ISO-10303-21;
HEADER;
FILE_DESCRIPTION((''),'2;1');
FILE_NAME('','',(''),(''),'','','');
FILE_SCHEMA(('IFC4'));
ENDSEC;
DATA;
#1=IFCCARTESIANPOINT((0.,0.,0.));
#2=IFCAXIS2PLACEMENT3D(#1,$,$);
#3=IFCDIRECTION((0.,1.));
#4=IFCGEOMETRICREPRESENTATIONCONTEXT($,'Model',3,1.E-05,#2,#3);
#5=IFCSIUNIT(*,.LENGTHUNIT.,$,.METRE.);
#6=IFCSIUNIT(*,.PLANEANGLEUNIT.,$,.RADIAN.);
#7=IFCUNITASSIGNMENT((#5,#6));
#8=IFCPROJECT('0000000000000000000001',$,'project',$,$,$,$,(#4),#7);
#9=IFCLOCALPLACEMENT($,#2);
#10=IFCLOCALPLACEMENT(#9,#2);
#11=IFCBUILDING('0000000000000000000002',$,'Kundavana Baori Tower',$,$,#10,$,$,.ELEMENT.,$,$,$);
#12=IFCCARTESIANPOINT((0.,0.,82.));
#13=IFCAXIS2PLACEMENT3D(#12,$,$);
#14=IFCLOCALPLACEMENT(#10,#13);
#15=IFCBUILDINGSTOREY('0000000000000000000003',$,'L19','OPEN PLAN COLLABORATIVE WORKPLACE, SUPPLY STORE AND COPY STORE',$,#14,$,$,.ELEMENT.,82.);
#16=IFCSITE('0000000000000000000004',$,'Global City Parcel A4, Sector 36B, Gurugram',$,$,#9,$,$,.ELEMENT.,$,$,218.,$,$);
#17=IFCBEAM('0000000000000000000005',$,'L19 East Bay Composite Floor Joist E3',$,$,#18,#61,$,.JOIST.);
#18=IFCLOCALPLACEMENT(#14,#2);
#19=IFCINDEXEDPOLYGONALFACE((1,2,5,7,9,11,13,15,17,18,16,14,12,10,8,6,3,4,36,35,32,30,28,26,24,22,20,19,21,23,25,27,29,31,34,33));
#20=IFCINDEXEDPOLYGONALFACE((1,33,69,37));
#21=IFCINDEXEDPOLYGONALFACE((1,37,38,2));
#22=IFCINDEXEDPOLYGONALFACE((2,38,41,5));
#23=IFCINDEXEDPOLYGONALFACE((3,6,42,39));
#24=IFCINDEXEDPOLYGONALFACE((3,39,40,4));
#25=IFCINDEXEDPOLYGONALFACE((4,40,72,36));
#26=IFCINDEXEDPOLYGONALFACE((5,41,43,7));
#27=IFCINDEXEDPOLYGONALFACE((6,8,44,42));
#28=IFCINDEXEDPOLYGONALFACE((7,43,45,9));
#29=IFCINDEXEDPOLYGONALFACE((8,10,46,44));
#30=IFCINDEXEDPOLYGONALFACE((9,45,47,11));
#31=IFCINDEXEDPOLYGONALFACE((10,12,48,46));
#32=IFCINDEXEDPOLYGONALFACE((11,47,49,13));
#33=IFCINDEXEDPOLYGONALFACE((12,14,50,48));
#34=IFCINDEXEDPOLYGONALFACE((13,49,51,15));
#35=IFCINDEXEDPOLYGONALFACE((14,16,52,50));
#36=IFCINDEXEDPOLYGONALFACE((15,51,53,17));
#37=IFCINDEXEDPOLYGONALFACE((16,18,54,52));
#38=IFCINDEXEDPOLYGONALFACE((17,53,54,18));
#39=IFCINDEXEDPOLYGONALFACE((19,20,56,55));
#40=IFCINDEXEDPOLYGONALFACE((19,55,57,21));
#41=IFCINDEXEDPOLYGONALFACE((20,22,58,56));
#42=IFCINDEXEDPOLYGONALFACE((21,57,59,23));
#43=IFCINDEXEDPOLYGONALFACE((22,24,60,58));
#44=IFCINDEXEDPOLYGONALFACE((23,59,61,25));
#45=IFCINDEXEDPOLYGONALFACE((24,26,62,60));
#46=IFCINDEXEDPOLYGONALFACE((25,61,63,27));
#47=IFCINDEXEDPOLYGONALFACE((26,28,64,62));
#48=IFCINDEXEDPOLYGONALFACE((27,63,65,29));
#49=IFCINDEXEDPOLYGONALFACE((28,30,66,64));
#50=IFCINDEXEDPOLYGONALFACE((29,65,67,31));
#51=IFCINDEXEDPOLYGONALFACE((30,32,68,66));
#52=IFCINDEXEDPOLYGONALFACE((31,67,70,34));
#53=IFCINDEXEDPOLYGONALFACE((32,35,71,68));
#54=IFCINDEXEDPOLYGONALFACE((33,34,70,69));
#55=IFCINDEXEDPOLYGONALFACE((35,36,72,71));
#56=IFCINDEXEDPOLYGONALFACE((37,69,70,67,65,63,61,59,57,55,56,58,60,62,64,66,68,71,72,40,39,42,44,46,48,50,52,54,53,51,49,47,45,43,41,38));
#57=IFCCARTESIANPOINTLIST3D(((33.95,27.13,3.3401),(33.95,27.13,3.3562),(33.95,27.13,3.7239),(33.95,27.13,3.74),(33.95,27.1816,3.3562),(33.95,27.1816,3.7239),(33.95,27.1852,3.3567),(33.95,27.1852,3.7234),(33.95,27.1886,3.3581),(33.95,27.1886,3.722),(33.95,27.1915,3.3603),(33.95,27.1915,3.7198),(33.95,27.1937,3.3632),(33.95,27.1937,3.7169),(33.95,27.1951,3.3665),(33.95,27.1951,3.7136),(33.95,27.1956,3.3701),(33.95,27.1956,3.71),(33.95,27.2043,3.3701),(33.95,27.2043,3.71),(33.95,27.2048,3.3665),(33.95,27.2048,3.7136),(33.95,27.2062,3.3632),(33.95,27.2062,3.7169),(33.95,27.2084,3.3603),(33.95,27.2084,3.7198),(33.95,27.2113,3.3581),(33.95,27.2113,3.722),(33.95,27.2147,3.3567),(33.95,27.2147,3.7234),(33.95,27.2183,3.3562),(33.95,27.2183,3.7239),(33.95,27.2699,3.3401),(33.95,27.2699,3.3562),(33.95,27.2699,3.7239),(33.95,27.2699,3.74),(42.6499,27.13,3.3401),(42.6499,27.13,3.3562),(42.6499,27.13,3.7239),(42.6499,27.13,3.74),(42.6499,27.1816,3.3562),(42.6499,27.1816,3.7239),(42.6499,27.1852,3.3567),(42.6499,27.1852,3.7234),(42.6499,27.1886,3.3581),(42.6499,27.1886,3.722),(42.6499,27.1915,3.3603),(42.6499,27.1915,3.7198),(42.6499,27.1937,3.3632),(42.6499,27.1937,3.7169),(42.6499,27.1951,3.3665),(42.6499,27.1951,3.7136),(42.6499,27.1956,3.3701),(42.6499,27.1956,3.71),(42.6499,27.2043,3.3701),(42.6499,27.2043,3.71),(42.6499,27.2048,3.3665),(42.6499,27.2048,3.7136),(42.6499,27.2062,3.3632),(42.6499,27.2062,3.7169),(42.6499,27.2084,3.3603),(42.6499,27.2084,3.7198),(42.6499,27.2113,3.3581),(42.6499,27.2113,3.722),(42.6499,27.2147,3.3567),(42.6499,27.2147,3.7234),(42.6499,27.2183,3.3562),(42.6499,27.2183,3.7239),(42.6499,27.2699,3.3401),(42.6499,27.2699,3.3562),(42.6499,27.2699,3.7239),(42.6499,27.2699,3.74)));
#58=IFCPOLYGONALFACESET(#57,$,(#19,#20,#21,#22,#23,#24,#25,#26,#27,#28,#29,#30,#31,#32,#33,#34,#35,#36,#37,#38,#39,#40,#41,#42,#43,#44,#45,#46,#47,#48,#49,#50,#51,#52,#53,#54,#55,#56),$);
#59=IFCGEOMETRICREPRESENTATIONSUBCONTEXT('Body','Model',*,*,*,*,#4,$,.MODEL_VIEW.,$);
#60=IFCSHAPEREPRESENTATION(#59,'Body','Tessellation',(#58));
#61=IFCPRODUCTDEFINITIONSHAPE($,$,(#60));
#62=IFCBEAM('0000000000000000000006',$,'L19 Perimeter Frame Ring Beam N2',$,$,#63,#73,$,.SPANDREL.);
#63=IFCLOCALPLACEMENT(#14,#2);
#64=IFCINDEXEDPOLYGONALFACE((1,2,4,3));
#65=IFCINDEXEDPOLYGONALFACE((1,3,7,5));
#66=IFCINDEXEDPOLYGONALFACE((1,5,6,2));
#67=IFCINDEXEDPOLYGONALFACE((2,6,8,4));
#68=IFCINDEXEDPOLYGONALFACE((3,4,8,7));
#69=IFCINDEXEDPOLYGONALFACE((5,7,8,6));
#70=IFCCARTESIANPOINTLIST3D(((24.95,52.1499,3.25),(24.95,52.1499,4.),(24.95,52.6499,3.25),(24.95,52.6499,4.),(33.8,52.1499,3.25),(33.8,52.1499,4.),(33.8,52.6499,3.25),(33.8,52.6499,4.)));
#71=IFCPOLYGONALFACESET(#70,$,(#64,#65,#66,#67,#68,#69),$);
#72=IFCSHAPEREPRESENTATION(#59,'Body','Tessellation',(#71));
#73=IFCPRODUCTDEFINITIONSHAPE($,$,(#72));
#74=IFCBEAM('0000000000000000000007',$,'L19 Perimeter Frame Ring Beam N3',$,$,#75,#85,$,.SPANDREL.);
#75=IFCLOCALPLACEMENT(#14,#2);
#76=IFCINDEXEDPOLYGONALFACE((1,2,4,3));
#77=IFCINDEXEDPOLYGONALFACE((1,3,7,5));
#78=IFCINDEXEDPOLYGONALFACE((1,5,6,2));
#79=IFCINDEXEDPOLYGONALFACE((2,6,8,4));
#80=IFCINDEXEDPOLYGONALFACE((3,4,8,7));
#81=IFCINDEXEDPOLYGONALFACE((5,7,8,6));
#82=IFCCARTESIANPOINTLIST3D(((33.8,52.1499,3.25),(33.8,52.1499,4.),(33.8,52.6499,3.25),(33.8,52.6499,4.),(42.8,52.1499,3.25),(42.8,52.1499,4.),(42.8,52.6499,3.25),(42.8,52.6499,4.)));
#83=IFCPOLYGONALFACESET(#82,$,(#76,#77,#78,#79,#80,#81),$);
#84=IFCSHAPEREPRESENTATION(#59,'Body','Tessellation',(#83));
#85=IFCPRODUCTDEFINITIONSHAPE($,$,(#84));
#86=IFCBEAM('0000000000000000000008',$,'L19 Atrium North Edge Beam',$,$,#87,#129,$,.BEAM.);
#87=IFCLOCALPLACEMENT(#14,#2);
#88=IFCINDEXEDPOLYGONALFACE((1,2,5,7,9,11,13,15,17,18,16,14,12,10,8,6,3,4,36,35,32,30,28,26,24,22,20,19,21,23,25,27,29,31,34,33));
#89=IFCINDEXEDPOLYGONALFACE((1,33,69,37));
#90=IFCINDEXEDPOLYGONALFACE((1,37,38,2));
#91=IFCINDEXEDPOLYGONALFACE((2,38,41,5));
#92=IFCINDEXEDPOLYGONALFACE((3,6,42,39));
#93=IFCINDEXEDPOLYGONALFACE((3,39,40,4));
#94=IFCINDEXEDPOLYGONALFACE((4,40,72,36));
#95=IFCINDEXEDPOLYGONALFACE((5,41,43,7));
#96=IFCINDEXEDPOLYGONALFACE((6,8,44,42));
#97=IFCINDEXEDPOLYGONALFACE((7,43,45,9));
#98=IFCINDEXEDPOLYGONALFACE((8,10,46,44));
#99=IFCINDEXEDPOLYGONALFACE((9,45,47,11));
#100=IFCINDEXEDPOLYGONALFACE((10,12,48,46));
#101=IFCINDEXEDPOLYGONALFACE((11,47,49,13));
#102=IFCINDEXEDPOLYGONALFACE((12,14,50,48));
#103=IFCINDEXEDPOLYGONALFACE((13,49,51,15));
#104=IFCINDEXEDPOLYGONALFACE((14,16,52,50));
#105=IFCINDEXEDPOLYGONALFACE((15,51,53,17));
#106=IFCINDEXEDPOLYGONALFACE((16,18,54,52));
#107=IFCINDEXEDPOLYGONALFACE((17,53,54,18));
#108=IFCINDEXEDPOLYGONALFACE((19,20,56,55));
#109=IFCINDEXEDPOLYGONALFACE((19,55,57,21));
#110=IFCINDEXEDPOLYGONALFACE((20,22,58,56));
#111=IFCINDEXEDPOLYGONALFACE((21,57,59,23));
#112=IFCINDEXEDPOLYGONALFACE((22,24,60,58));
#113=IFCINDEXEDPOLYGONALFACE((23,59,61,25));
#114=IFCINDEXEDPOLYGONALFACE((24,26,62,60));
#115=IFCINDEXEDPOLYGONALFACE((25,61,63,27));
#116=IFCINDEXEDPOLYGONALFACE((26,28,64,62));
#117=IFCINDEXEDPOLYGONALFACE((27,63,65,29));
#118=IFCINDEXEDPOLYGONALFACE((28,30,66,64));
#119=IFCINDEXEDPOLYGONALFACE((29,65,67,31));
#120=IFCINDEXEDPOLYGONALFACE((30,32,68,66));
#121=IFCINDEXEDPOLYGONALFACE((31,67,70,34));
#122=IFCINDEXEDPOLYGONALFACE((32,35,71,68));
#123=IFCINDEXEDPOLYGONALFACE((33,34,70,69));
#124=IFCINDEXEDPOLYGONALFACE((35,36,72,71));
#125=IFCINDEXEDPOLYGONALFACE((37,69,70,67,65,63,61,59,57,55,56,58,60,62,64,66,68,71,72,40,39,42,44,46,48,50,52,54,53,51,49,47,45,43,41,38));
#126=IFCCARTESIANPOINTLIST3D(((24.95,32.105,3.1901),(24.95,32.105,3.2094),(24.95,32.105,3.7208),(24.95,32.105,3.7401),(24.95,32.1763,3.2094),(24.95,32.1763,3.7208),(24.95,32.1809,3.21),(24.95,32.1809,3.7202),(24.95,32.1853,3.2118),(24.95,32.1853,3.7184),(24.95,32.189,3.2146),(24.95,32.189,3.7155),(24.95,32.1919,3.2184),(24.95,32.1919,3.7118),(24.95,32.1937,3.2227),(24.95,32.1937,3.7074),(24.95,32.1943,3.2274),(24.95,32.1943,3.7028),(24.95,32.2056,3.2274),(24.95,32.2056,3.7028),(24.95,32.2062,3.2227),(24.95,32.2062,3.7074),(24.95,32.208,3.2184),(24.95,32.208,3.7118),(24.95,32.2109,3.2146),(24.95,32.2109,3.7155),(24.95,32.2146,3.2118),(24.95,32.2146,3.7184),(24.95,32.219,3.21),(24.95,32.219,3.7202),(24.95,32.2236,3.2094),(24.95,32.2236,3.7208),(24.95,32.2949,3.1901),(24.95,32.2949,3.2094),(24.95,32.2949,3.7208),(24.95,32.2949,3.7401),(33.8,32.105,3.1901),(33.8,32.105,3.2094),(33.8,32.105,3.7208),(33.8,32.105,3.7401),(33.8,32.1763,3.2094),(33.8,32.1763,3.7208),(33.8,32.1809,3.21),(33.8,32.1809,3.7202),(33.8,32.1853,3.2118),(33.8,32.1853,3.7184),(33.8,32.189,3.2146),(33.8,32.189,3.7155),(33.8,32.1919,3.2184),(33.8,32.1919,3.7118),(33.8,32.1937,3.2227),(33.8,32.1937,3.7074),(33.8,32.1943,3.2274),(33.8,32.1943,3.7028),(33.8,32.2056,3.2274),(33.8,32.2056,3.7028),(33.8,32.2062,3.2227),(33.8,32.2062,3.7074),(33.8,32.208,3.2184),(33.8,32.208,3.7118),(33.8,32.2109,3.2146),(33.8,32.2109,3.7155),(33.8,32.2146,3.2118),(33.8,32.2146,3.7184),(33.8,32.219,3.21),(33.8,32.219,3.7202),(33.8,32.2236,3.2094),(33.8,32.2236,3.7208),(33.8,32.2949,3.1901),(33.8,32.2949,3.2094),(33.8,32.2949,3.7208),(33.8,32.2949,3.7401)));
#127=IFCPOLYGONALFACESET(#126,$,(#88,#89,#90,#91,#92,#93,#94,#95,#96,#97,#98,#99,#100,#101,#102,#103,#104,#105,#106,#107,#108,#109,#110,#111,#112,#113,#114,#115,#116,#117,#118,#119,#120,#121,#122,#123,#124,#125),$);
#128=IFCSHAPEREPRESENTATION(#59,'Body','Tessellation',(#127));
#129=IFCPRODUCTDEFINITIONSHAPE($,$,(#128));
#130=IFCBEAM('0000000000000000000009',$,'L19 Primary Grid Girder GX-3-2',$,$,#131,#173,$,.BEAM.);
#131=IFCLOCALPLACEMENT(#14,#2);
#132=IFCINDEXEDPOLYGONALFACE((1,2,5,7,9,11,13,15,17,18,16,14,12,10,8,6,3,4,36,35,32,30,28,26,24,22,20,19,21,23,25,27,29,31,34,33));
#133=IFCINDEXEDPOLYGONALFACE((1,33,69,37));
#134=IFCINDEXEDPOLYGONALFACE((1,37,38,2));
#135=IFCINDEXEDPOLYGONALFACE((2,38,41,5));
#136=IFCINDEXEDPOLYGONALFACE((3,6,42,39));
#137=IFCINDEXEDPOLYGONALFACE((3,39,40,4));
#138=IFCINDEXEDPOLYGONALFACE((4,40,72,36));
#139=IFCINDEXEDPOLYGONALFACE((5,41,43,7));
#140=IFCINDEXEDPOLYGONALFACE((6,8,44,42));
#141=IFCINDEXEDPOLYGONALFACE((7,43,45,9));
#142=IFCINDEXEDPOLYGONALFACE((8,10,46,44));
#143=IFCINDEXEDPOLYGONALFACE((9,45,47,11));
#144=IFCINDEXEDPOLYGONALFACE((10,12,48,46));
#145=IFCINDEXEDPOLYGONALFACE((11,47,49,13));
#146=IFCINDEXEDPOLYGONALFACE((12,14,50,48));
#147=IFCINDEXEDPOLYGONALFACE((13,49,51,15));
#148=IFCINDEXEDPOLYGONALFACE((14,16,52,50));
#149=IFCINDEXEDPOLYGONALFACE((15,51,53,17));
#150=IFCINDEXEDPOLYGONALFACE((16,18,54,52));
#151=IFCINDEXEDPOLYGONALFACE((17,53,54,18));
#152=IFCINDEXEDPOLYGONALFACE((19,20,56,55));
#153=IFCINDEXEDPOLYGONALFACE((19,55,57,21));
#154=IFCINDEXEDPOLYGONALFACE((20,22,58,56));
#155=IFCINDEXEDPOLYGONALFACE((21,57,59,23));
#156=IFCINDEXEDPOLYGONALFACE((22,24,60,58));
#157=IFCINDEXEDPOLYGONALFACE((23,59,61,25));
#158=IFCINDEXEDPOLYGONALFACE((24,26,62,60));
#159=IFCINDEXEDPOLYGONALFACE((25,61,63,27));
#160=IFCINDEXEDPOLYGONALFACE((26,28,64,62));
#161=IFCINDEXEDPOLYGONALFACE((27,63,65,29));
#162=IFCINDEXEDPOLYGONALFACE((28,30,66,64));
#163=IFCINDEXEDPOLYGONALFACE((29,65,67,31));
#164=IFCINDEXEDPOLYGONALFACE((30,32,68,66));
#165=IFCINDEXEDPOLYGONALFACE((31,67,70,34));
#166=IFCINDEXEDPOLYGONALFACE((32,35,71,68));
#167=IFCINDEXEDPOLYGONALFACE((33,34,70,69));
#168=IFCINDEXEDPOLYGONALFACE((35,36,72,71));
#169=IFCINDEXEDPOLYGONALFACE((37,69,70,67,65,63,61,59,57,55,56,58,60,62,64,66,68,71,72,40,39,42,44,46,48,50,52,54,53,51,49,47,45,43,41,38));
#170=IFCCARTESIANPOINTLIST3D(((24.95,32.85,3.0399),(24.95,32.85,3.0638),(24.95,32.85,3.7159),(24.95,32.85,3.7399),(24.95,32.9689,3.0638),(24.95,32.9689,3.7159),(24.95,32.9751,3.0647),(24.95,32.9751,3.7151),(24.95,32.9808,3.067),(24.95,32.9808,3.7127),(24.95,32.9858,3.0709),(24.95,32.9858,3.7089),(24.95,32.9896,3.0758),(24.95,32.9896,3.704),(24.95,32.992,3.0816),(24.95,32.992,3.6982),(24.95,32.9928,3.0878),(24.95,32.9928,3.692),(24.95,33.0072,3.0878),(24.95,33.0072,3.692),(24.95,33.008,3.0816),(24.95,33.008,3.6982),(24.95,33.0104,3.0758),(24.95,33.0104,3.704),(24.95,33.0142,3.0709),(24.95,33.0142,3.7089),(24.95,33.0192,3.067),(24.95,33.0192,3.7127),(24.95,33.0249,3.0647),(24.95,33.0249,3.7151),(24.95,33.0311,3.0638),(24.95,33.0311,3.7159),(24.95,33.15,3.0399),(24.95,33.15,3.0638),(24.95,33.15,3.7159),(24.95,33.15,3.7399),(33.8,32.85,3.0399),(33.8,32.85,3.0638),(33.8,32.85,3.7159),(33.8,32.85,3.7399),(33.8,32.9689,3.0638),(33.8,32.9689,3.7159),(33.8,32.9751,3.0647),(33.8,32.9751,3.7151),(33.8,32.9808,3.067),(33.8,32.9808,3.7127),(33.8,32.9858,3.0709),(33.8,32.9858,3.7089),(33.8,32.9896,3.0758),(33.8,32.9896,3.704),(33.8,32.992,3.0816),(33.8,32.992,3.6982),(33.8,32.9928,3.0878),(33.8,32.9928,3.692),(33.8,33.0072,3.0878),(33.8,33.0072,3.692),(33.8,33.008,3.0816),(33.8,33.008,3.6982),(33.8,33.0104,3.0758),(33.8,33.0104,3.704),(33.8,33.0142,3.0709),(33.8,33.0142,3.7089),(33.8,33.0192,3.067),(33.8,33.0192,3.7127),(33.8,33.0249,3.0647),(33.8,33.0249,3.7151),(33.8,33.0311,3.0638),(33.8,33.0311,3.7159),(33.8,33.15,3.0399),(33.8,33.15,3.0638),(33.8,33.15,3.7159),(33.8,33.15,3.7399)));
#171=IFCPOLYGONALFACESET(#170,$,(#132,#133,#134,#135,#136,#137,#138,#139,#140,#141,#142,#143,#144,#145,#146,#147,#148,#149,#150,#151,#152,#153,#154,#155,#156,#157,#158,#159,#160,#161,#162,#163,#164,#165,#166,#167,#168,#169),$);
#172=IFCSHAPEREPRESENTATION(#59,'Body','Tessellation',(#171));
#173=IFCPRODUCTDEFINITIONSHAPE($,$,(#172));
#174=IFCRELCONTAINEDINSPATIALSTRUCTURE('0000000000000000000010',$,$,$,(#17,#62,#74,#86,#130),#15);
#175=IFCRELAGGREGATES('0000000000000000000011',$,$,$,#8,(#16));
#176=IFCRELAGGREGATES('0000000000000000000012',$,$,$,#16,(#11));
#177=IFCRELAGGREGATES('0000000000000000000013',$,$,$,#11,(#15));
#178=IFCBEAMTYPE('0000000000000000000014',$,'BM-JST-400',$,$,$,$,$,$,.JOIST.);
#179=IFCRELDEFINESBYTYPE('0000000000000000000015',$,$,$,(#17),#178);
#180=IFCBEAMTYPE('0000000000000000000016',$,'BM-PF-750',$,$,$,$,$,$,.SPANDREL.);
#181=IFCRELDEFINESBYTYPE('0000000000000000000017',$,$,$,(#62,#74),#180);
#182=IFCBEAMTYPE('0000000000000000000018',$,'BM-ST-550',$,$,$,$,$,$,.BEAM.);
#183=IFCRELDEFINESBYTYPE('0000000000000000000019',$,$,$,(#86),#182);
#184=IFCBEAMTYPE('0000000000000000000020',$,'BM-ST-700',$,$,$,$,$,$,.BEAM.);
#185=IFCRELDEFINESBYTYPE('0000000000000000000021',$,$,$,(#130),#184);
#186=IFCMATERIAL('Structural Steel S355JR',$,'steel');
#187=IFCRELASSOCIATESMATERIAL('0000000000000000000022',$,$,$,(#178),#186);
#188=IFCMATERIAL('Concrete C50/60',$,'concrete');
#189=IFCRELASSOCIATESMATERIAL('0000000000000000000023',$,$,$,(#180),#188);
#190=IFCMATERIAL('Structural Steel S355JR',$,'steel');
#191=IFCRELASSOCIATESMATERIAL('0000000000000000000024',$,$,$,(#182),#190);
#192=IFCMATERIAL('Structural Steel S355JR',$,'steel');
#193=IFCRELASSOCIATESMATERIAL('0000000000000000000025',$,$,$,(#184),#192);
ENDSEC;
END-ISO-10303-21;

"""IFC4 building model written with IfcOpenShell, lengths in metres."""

from ifc_helpers import new_model, si_unit, direction, frame, origin, origin_2d, place, context, subcontext, project, spatial, rectangle, i_section, extrude, material, material_profile, profile_set, type_object, element, save


model = new_model("IFC4")

# Units and contexts
model_context = context("Model", 3, precision=1e-05, world=origin(), true_north=direction((0.0, 1.0)))
body_context = subcontext(model_context, "Body", "Model", "MODEL_VIEW")
ifc_project = project(units=[si_unit("LENGTHUNIT", "METRE"), si_unit("PLANEANGLEUNIT", "RADIAN")], contexts=[model_context])

# Site, building, storey
site_placement = place(None, origin())
site = spatial("IfcSite", under=ifc_project, at=site_placement, Name="Global City Parcel A4, Sector 36B, Gurugram", CompositionType="ELEMENT", RefElevation=218.0)
building_placement = place(site_placement, origin())
building = spatial("IfcBuilding", under=site, at=building_placement, Name="Kundavana Baori Tower", CompositionType="ELEMENT")
storey_placement = place(building_placement, frame((0.0, 0.0, 82.0)))
storey = spatial("IfcBuildingStorey", under=building, at=storey_placement, Name="L19", Description="OPEN PLAN COLLABORATIVE WORKPLACE, SUPPLY STORE AND COPY STORE", CompositionType="ELEMENT", Elevation=82.0)

# Beams
ifc_material_1 = material(Name="Structural Steel S355JR", Category="steel")
ifc_material_profile_1 = material_profile(ifc_material_1, i_section(OverallWidth=0.1399, OverallDepth=0.3999, WebThickness=0.0088, FlangeThickness=0.0161, FilletRadius=0.0139, at=origin_2d()), Name="ISMB 400")
ifc_profile_set_1 = profile_set([ifc_material_profile_1], Name="Structural Steel S355JR")
beam_type_1 = type_object("IfcBeamType", Name="BM-JST-400", PredefinedType="JOIST", material=ifc_profile_set_1)
beam_1_placement = place(storey_placement, frame((33.95, 27.2, 3.54), z_axis=(1.0, 0.0, 0.0), x_axis=(0.0, 1.0, 0.0)))
element("IfcBeam", 1, at=beam_1_placement, inside=storey, type_object=beam_type_1, Name="L19 East Bay Composite Floor Joist E3", PredefinedType="JOIST", context=body_context, shape_type="SweptSolid", body=[
    extrude(i_section(OverallWidth=0.1399, OverallDepth=0.3999, WebThickness=0.0088, FlangeThickness=0.0161, FilletRadius=0.0139, at=origin_2d()), origin(), (0.0, 0.0, 1.0), 8.7),
])
ifc_material_2 = material(Name="Concrete C50/60", Category="concrete")
ifc_material_profile_2 = material_profile(ifc_material_2, rectangle(XDim=0.5, YDim=0.75, at=origin_2d()), Name="RC BM 500x750")
ifc_profile_set_2 = profile_set([ifc_material_profile_2], Name="Concrete C50/60")
beam_type_2 = type_object("IfcBeamType", Name="BM-PF-750", PredefinedType="SPANDREL", material=ifc_profile_set_2)
beam_2_placement = place(storey_placement, frame((24.95, 52.3999, 3.625), z_axis=(1.0, 0.0, 0.0), x_axis=(0.0, 1.0, 0.0)))
element("IfcBeam", 2, at=beam_2_placement, inside=storey, type_object=beam_type_2, Name="L19 Perimeter Frame Ring Beam N2", PredefinedType="SPANDREL", context=body_context, shape_type="SweptSolid", body=[
    extrude(rectangle(XDim=0.5, YDim=0.75, at=origin_2d()), origin(), (0.0, 0.0, 1.0), 8.8501),
])
beam_3_placement = place(storey_placement, frame((33.8, 52.3999, 3.625), z_axis=(1.0, 0.0, 0.0), x_axis=(0.0, 1.0, 0.0)))
element("IfcBeam", 3, at=beam_3_placement, inside=storey, type_object=beam_type_2, Name="L19 Perimeter Frame Ring Beam N3", PredefinedType="SPANDREL", context=body_context, shape_type="SweptSolid", body=[
    extrude(rectangle(XDim=0.5, YDim=0.75, at=origin_2d()), origin(), (0.0, 0.0, 1.0), 9.0),
])
ifc_material_3 = material(Name="Structural Steel S355JR", Category="steel")
ifc_material_profile_3 = material_profile(ifc_material_3, i_section(OverallWidth=0.1899, OverallDepth=0.55, WebThickness=0.0112, FlangeThickness=0.0193, FilletRadius=0.0181, at=origin_2d()), Name="ISMB 550")
ifc_profile_set_3 = profile_set([ifc_material_profile_3], Name="Structural Steel S355JR")
beam_type_3 = type_object("IfcBeamType", Name="BM-ST-550", PredefinedType="BEAM", material=ifc_profile_set_3)
beam_4_placement = place(storey_placement, frame((24.95, 32.2, 3.4651), z_axis=(1.0, 0.0, 0.0), x_axis=(0.0, 1.0, 0.0)))
element("IfcBeam", 4, at=beam_4_placement, inside=storey, type_object=beam_type_3, Name="L19 Atrium North Edge Beam", PredefinedType="BEAM", context=body_context, shape_type="SweptSolid", body=[
    extrude(i_section(OverallWidth=0.1899, OverallDepth=0.55, WebThickness=0.0112, FlangeThickness=0.0193, FilletRadius=0.0181, at=origin_2d()), origin(), (0.0, 0.0, 1.0), 8.8501),
])
ifc_material_4 = material(Name="Structural Steel S355JR", Category="steel")
ifc_material_profile_4 = material_profile(ifc_material_4, i_section(OverallWidth=0.3, OverallDepth=0.7, WebThickness=0.0144, FlangeThickness=0.0239, FilletRadius=0.0239, at=origin_2d()), Name="NPB 700x300x170")
ifc_profile_set_4 = profile_set([ifc_material_profile_4], Name="Structural Steel S355JR")
beam_type_4 = type_object("IfcBeamType", Name="BM-ST-700", PredefinedType="BEAM", material=ifc_profile_set_4)
for number, where, z_axis, x_axis, name in (
    (5, (24.95, 33.0, 3.3899), (1.0, 0.0, 0.0), (0.0, 1.0, 0.0), "L19 Primary Grid Girder GX-3-2"),
):
    element("IfcBeam", number, at=place(storey_placement, frame(where, z_axis=z_axis, x_axis=x_axis)), inside=storey, type_object=beam_type_4, Name=name, PredefinedType="BEAM", context=body_context, shape_type="SweptSolid", body=[
        extrude(i_section(OverallWidth=0.3, OverallDepth=0.7, WebThickness=0.0144, FlangeThickness=0.0239, FilletRadius=0.0239, at=origin_2d()), origin(), (0.0, 0.0, 1.0), 8.8501),
    ])

save(model, "model.ifc")
